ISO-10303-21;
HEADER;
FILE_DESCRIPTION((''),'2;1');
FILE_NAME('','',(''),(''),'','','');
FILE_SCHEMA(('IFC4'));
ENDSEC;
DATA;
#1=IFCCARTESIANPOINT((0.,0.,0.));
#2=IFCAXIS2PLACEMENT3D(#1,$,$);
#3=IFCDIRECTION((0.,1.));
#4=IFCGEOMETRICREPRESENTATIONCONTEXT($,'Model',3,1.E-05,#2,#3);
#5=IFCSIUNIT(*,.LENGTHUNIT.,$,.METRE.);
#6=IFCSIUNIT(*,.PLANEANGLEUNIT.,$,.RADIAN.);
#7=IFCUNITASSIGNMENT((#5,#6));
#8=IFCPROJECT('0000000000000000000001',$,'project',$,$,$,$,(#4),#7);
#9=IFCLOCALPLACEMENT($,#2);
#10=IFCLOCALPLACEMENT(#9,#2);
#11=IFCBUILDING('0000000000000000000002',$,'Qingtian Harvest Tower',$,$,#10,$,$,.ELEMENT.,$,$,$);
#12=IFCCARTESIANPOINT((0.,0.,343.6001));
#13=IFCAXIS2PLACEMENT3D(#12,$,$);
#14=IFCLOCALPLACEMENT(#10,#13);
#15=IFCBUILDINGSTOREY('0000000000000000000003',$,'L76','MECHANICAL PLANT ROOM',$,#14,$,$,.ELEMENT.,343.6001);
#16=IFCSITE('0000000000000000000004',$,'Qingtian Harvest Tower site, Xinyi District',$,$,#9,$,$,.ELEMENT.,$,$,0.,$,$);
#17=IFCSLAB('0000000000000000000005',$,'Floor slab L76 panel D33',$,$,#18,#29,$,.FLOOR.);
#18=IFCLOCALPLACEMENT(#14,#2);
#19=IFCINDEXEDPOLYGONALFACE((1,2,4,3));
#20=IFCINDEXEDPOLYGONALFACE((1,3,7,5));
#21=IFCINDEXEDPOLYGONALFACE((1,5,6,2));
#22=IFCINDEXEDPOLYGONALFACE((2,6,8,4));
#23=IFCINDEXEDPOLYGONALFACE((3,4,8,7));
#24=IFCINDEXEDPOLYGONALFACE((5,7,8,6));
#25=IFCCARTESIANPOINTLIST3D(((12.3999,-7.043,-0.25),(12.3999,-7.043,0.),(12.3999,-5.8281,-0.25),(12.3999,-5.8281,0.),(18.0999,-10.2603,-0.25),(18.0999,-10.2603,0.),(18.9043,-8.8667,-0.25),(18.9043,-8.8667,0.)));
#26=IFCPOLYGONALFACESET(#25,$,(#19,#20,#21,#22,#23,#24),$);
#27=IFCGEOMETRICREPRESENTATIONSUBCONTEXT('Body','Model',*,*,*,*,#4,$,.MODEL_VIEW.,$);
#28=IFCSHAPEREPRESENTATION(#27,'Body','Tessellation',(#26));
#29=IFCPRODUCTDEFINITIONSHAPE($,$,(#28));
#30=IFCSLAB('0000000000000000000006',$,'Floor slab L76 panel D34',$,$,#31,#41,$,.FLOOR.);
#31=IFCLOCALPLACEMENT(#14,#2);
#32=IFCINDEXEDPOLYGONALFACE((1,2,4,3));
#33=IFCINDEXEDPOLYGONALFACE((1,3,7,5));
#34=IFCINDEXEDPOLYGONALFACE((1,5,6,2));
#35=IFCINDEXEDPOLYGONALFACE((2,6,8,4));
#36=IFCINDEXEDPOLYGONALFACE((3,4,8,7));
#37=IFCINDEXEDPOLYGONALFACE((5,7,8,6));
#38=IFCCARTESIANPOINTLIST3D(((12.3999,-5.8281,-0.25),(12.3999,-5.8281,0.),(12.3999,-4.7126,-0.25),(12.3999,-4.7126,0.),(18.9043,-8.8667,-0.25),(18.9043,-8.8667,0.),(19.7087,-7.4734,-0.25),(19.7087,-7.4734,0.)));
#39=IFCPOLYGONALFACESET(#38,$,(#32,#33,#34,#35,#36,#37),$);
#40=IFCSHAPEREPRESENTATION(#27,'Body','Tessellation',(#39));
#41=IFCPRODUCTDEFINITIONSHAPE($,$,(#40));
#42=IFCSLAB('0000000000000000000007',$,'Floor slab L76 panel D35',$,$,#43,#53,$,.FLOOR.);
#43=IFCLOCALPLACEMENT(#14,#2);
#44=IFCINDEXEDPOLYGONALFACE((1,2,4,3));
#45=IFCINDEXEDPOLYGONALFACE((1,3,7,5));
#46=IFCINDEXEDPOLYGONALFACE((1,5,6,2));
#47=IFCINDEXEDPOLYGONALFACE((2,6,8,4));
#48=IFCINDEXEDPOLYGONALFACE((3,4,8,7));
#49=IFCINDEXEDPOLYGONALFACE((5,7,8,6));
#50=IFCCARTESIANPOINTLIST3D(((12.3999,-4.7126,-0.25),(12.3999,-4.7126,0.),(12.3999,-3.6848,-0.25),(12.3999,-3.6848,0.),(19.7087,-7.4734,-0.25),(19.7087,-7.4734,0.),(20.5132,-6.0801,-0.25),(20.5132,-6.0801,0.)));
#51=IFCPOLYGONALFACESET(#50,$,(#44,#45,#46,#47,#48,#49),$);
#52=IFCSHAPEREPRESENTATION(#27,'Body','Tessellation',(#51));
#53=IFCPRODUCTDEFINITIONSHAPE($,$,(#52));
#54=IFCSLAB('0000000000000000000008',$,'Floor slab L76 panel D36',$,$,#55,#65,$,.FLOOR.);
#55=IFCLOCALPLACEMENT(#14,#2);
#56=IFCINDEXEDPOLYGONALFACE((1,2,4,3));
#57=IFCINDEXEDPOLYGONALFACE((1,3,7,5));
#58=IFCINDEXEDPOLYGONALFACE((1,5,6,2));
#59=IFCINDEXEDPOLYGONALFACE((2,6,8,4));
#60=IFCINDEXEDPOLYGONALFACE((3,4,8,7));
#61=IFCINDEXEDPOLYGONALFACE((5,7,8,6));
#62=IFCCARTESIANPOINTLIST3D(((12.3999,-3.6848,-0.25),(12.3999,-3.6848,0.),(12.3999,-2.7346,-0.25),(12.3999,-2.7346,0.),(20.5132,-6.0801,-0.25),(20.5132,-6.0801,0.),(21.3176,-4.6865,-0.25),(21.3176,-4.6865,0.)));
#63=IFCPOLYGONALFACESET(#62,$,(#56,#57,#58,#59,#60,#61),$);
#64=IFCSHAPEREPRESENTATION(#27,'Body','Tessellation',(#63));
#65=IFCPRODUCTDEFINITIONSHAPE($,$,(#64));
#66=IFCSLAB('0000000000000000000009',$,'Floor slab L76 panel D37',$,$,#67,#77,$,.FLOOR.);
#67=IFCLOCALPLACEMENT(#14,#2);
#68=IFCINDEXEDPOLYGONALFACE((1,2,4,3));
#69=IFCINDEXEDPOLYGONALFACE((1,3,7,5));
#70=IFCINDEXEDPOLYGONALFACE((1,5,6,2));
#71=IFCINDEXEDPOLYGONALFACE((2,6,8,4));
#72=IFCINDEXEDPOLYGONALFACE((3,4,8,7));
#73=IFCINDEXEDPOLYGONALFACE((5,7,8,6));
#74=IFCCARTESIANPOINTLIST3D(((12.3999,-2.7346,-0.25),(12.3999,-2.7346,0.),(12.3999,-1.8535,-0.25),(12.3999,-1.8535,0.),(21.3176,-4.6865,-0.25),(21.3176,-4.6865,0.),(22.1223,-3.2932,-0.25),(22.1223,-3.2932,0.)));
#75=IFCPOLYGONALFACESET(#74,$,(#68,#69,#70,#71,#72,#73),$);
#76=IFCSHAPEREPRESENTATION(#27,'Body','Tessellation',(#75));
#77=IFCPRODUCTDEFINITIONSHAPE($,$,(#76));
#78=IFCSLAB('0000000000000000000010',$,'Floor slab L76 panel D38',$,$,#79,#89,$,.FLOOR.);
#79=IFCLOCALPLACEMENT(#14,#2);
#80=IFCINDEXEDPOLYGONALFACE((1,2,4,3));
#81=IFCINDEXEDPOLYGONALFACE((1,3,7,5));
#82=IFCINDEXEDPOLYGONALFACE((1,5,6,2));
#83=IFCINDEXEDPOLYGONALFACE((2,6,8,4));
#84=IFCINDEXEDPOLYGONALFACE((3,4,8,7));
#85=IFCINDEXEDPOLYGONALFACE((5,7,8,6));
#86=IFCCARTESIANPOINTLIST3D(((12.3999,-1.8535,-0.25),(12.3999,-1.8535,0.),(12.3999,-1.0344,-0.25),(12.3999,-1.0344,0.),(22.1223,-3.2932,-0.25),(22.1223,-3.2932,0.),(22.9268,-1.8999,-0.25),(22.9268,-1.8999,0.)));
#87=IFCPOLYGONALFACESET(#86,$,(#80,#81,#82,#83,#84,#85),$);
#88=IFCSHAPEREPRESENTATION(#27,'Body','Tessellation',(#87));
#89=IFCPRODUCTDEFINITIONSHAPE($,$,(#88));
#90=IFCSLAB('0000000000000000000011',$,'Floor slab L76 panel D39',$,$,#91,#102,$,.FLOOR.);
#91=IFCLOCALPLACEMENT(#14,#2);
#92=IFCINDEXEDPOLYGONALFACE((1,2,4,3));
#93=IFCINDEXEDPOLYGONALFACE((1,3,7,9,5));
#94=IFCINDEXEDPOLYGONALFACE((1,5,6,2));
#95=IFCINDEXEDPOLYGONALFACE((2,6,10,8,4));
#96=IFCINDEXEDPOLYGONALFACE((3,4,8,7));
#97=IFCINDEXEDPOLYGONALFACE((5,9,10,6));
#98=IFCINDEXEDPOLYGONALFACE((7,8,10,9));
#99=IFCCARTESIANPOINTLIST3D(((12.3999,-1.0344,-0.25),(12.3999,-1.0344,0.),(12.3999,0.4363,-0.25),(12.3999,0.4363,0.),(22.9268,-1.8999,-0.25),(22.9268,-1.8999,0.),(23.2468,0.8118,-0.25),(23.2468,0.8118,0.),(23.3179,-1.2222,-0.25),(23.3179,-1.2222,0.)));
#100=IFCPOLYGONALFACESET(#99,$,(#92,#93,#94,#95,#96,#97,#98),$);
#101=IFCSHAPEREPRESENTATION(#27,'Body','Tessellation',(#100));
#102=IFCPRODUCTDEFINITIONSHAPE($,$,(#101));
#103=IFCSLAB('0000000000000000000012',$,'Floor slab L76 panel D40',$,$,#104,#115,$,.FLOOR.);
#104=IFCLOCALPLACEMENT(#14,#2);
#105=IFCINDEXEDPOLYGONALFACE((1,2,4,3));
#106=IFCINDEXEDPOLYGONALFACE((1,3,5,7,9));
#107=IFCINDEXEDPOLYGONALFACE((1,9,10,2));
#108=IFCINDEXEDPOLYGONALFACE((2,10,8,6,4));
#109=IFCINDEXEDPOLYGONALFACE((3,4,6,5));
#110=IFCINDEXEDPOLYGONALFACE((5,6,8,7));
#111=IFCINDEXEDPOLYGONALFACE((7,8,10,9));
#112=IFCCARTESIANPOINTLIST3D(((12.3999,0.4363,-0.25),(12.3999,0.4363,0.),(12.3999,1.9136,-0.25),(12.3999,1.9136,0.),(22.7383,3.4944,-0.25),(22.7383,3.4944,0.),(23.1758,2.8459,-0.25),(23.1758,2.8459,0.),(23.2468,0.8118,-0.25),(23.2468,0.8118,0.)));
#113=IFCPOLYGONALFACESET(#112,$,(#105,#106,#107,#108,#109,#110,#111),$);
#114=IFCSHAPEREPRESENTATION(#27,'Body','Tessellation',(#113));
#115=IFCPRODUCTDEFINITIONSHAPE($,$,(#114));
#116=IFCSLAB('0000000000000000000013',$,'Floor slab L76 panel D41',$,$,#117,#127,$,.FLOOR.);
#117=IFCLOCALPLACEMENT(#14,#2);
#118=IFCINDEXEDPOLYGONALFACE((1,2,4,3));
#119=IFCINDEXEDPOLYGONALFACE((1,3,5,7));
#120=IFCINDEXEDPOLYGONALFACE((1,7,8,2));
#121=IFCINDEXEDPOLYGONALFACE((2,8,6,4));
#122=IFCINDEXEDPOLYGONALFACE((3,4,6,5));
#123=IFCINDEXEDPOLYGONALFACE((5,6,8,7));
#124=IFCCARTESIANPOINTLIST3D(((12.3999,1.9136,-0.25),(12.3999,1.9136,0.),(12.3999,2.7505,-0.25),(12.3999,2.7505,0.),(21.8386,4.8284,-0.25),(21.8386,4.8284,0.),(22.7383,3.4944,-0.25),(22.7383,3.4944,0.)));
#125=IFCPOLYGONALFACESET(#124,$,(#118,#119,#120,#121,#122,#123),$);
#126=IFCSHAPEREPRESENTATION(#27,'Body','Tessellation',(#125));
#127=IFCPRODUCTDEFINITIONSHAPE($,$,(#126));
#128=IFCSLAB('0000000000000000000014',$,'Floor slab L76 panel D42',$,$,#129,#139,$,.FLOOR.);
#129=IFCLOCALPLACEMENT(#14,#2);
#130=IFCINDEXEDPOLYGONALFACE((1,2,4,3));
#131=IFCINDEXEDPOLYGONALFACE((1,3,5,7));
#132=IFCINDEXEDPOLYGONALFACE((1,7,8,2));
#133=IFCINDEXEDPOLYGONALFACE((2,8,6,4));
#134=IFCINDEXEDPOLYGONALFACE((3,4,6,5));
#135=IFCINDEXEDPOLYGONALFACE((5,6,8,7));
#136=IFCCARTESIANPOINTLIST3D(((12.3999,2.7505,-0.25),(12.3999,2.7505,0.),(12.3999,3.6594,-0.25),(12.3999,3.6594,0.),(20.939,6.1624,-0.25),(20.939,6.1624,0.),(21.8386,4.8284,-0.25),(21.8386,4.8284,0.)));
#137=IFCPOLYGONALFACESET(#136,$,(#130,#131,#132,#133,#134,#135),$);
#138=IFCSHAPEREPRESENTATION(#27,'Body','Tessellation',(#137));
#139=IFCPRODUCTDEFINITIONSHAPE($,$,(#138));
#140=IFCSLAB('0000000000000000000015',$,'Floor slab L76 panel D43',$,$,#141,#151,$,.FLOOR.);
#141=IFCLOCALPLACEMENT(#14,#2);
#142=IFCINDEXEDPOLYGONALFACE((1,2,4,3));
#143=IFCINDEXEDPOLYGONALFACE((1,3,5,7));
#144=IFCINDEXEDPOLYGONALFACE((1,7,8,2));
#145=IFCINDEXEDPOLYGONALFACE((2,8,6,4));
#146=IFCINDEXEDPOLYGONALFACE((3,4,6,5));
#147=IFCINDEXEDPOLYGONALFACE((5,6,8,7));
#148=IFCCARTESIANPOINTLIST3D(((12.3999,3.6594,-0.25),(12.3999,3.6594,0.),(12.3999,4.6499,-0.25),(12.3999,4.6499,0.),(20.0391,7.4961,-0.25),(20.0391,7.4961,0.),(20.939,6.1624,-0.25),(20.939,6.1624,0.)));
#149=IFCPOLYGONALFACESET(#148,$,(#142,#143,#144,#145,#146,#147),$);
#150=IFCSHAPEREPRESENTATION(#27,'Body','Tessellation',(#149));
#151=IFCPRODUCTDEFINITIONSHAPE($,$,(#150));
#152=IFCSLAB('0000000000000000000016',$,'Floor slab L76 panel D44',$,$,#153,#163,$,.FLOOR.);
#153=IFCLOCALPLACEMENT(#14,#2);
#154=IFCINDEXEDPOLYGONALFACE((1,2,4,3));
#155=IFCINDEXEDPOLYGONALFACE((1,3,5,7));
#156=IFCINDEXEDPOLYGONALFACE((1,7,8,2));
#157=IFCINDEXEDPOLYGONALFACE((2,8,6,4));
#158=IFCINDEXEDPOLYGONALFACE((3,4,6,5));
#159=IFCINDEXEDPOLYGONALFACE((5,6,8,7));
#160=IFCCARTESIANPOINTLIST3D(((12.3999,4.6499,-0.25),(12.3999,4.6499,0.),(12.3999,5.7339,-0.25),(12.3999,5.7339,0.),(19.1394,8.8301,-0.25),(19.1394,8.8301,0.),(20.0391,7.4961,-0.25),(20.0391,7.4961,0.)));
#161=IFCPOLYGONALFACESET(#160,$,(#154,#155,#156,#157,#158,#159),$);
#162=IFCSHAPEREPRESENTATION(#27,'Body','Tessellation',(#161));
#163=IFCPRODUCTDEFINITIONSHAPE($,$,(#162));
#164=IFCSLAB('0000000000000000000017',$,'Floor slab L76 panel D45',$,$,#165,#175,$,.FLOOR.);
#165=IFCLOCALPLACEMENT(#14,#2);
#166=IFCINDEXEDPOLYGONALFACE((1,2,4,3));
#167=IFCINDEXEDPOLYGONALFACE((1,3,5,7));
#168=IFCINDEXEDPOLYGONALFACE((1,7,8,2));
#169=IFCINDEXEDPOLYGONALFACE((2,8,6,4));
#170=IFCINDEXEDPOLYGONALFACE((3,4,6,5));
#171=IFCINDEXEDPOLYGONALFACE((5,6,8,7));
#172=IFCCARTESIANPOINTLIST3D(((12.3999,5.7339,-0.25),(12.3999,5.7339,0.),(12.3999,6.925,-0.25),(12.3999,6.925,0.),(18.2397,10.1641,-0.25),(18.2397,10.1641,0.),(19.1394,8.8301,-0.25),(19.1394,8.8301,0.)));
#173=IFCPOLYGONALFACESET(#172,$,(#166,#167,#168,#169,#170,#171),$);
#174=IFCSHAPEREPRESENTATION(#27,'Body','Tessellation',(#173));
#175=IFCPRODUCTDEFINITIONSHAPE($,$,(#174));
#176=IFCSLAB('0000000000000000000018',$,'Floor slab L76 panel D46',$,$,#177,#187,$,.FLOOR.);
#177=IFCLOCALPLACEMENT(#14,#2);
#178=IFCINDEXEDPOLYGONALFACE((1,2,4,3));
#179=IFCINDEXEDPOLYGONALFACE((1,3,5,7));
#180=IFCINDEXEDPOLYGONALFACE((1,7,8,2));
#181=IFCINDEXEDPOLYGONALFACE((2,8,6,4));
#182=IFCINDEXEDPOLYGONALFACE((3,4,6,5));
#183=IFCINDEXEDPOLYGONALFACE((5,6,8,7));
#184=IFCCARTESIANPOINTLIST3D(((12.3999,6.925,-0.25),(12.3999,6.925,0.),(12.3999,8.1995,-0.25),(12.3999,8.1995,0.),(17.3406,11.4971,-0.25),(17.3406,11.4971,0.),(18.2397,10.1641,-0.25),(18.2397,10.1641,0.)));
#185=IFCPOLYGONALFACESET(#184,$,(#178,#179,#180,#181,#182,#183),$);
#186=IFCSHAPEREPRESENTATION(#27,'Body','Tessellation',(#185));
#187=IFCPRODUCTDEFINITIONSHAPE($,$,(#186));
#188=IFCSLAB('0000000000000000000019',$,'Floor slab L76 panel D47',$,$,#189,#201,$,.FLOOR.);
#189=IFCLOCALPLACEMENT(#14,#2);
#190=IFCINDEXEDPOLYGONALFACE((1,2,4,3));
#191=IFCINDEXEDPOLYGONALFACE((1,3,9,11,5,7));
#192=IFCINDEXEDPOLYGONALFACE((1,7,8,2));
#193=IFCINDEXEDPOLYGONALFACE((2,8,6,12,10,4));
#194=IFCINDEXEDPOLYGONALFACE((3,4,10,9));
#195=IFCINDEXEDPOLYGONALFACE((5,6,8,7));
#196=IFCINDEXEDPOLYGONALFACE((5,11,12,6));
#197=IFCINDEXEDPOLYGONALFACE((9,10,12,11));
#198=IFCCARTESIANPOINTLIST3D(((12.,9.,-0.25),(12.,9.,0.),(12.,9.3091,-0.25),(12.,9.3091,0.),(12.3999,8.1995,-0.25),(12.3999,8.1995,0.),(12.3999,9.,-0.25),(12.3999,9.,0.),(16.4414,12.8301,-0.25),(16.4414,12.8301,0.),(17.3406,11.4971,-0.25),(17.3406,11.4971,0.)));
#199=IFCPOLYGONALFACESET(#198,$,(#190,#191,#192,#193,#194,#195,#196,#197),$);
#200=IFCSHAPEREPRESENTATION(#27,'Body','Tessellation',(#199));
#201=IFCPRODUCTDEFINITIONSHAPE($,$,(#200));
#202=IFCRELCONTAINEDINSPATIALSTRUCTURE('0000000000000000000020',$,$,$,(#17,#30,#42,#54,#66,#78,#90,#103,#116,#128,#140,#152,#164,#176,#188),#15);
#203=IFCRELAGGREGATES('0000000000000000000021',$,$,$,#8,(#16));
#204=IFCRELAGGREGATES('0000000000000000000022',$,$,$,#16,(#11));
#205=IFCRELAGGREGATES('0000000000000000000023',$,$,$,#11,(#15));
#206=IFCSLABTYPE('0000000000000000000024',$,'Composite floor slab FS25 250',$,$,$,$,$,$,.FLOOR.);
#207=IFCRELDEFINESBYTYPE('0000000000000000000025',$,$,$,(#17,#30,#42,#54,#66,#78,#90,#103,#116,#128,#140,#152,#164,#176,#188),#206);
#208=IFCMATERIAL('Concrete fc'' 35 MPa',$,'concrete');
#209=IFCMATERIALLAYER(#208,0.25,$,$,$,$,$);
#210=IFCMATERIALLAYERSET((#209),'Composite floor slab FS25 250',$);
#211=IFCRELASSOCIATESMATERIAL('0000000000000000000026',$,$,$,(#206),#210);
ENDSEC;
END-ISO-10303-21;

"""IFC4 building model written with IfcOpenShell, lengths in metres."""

from ifc_helpers import new_model, si_unit, direction, frame, origin, place, context, subcontext, project, spatial, polyline, outline, extrude, material, layer, layer_set, type_object, element, save


model = new_model("IFC4")

# Units and contexts
model_context = context("Model", 3, precision=1e-05, world=origin(), true_north=direction((0.0, 1.0)))
body_context = subcontext(model_context, "Body", "Model", "MODEL_VIEW")
ifc_project = project(units=[si_unit("LENGTHUNIT", "METRE"), si_unit("PLANEANGLEUNIT", "RADIAN")], contexts=[model_context])

# Site, building, storey
site_placement = place(None, origin())
site = spatial("IfcSite", under=ifc_project, at=site_placement, Name="Qingtian Harvest Tower site, Xinyi District", CompositionType="ELEMENT", RefElevation=0.0)
building_placement = place(site_placement, origin())
building = spatial("IfcBuilding", under=site, at=building_placement, Name="Qingtian Harvest Tower", CompositionType="ELEMENT")
storey_placement = place(building_placement, frame((0.0, 0.0, 343.6001)))
storey = spatial("IfcBuildingStorey", under=building, at=storey_placement, Name="L76", Description="MECHANICAL PLANT ROOM", CompositionType="ELEMENT", Elevation=343.6001)

# Slabs
ifc_material_1 = material(Name="Concrete fc' 35 MPa", Category="concrete")
ifc_layer_1 = layer(ifc_material_1, 0.25)
ifc_layer_set_1 = layer_set([ifc_layer_1], Name="Composite floor slab FS25 250")
slab_type = type_object("IfcSlabType", Name="Composite floor slab FS25 250", PredefinedType="FLOOR", material=ifc_layer_set_1)
slab_1_placement = place(storey_placement, frame((0.0, 0.0, -0.25)))
element("IfcSlab", 1, at=slab_1_placement, inside=storey, type_object=slab_type, Name="Floor slab L76 panel D33", PredefinedType="FLOOR", context=body_context, shape_type="SweptSolid", body=[
    extrude(outline(polyline([(12.3999, -5.8281), (18.9043, -8.8667), (18.0999, -10.2603), (12.3999, -7.043), (12.3999, -5.8281)])), origin(), (0.0, 0.0, 1.0), 0.25),
])
slab_2_placement = place(storey_placement, frame((0.0, 0.0, -0.25)))
element("IfcSlab", 2, at=slab_2_placement, inside=storey, type_object=slab_type, Name="Floor slab L76 panel D34", PredefinedType="FLOOR", context=body_context, shape_type="SweptSolid", body=[
    extrude(outline(polyline([(12.3999, -4.7126), (19.7087, -7.4734), (18.9043, -8.8667), (12.3999, -5.8281), (12.3999, -4.7126)])), origin(), (0.0, 0.0, 1.0), 0.25),
])
slab_3_placement = place(storey_placement, frame((0.0, 0.0, -0.25)))
element("IfcSlab", 3, at=slab_3_placement, inside=storey, type_object=slab_type, Name="Floor slab L76 panel D35", PredefinedType="FLOOR", context=body_context, shape_type="SweptSolid", body=[
    extrude(outline(polyline([(12.3999, -3.6848), (20.5132, -6.0801), (19.7087, -7.4734), (12.3999, -4.7126), (12.3999, -3.6848)])), origin(), (0.0, 0.0, 1.0), 0.25),
])
slab_4_placement = place(storey_placement, frame((0.0, 0.0, -0.25)))
element("IfcSlab", 4, at=slab_4_placement, inside=storey, type_object=slab_type, Name="Floor slab L76 panel D36", PredefinedType="FLOOR", context=body_context, shape_type="SweptSolid", body=[
    extrude(outline(polyline([(12.3999, -2.7346), (21.3176, -4.6865), (20.5132, -6.0801), (12.3999, -3.6848), (12.3999, -2.7346)])), origin(), (0.0, 0.0, 1.0), 0.25),
])
slab_5_placement = place(storey_placement, frame((0.0, 0.0, -0.25)))
element("IfcSlab", 5, at=slab_5_placement, inside=storey, type_object=slab_type, Name="Floor slab L76 panel D37", PredefinedType="FLOOR", context=body_context, shape_type="SweptSolid", body=[
    extrude(outline(polyline([(12.3999, -1.8535), (22.1223, -3.2932), (21.3176, -4.6865), (12.3999, -2.7346), (12.3999, -1.8535)])), origin(), (0.0, 0.0, 1.0), 0.25),
])
slab_6_placement = place(storey_placement, frame((0.0, 0.0, -0.25)))
element("IfcSlab", 6, at=slab_6_placement, inside=storey, type_object=slab_type, Name="Floor slab L76 panel D38", PredefinedType="FLOOR", context=body_context, shape_type="SweptSolid", body=[
    extrude(outline(polyline([(12.3999, -1.0344), (22.9268, -1.8999), (22.1223, -3.2932), (12.3999, -1.8535), (12.3999, -1.0344)])), origin(), (0.0, 0.0, 1.0), 0.25),
])
slab_7_placement = place(storey_placement, frame((0.0, 0.0, -0.25)))
element("IfcSlab", 7, at=slab_7_placement, inside=storey, type_object=slab_type, Name="Floor slab L76 panel D39", PredefinedType="FLOOR", context=body_context, shape_type="SweptSolid", body=[
    extrude(outline(polyline([(12.3999, -1.0344), (12.3999, 0.4363), (23.2468, 0.8118), (23.3179, -1.2222), (22.9268, -1.8999), (12.3999, -1.0344)])), origin(), (0.0, 0.0, 1.0), 0.25),
])
slab_8_placement = place(storey_placement, frame((0.0, 0.0, -0.25)))
element("IfcSlab", 8, at=slab_8_placement, inside=storey, type_object=slab_type, Name="Floor slab L76 panel D40", PredefinedType="FLOOR", context=body_context, shape_type="SweptSolid", body=[
    extrude(outline(polyline([(12.3999, 0.4363), (12.3999, 1.9136), (22.7383, 3.4944), (23.1758, 2.8459), (23.2468, 0.8118), (12.3999, 0.4363)])), origin(), (0.0, 0.0, 1.0), 0.25),
])
slab_9_placement = place(storey_placement, frame((0.0, 0.0, -0.25)))
element("IfcSlab", 9, at=slab_9_placement, inside=storey, type_object=slab_type, Name="Floor slab L76 panel D41", PredefinedType="FLOOR", context=body_context, shape_type="SweptSolid", body=[
    extrude(outline(polyline([(12.3999, 2.7505), (21.8386, 4.8284), (22.7383, 3.4944), (12.3999, 1.9136), (12.3999, 2.7505)])), origin(), (0.0, 0.0, 1.0), 0.25),
])
slab_10_placement = place(storey_placement, frame((0.0, 0.0, -0.25)))
element("IfcSlab", 10, at=slab_10_placement, inside=storey, type_object=slab_type, Name="Floor slab L76 panel D42", PredefinedType="FLOOR", context=body_context, shape_type="SweptSolid", body=[
    extrude(outline(polyline([(12.3999, 3.6594), (20.939, 6.1624), (21.8386, 4.8284), (12.3999, 2.7505), (12.3999, 3.6594)])), origin(), (0.0, 0.0, 1.0), 0.25),
])
slab_11_placement = place(storey_placement, frame((0.0, 0.0, -0.25)))
element("IfcSlab", 11, at=slab_11_placement, inside=storey, type_object=slab_type, Name="Floor slab L76 panel D43", PredefinedType="FLOOR", context=body_context, shape_type="SweptSolid", body=[
    extrude(outline(polyline([(12.3999, 4.6499), (20.0391, 7.4961), (20.939, 6.1624), (12.3999, 3.6594), (12.3999, 4.6499)])), origin(), (0.0, 0.0, 1.0), 0.25),
])
slab_12_placement = place(storey_placement, frame((0.0, 0.0, -0.25)))
element("IfcSlab", 12, at=slab_12_placement, inside=storey, type_object=slab_type, Name="Floor slab L76 panel D44", PredefinedType="FLOOR", context=body_context, shape_type="SweptSolid", body=[
    extrude(outline(polyline([(12.3999, 5.7339), (19.1394, 8.8301), (20.0391, 7.4961), (12.3999, 4.6499), (12.3999, 5.7339)])), origin(), (0.0, 0.0, 1.0), 0.25),
])
slab_13_placement = place(storey_placement, frame((0.0, 0.0, -0.25)))
element("IfcSlab", 13, at=slab_13_placement, inside=storey, type_object=slab_type, Name="Floor slab L76 panel D45", PredefinedType="FLOOR", context=body_context, shape_type="SweptSolid", body=[
    extrude(outline(polyline([(12.3999, 6.925), (18.2397, 10.1641), (19.1394, 8.8301), (12.3999, 5.7339), (12.3999, 6.925)])), origin(), (0.0, 0.0, 1.0), 0.25),
])
slab_14_placement = place(storey_placement, frame((0.0, 0.0, -0.25)))
element("IfcSlab", 14, at=slab_14_placement, inside=storey, type_object=slab_type, Name="Floor slab L76 panel D46", PredefinedType="FLOOR", context=body_context, shape_type="SweptSolid", body=[
    extrude(outline(polyline([(12.3999, 8.1995), (17.3406, 11.4971), (18.2397, 10.1641), (12.3999, 6.925), (12.3999, 8.1995)])), origin(), (0.0, 0.0, 1.0), 0.25),
])
slab_15_placement = place(storey_placement, frame((0.0, 0.0, -0.25)))
element("IfcSlab", 15, at=slab_15_placement, inside=storey, type_object=slab_type, Name="Floor slab L76 panel D47", PredefinedType="FLOOR", context=body_context, shape_type="SweptSolid", body=[
    extrude(outline(polyline([(12.3999, 9.0), (12.0, 9.0), (12.0, 9.3091), (16.4414, 12.8301), (17.3406, 11.4971), (12.3999, 8.1995), (12.3999, 9.0)])), origin(), (0.0, 0.0, 1.0), 0.25),
])

save(model, "model.ifc")
